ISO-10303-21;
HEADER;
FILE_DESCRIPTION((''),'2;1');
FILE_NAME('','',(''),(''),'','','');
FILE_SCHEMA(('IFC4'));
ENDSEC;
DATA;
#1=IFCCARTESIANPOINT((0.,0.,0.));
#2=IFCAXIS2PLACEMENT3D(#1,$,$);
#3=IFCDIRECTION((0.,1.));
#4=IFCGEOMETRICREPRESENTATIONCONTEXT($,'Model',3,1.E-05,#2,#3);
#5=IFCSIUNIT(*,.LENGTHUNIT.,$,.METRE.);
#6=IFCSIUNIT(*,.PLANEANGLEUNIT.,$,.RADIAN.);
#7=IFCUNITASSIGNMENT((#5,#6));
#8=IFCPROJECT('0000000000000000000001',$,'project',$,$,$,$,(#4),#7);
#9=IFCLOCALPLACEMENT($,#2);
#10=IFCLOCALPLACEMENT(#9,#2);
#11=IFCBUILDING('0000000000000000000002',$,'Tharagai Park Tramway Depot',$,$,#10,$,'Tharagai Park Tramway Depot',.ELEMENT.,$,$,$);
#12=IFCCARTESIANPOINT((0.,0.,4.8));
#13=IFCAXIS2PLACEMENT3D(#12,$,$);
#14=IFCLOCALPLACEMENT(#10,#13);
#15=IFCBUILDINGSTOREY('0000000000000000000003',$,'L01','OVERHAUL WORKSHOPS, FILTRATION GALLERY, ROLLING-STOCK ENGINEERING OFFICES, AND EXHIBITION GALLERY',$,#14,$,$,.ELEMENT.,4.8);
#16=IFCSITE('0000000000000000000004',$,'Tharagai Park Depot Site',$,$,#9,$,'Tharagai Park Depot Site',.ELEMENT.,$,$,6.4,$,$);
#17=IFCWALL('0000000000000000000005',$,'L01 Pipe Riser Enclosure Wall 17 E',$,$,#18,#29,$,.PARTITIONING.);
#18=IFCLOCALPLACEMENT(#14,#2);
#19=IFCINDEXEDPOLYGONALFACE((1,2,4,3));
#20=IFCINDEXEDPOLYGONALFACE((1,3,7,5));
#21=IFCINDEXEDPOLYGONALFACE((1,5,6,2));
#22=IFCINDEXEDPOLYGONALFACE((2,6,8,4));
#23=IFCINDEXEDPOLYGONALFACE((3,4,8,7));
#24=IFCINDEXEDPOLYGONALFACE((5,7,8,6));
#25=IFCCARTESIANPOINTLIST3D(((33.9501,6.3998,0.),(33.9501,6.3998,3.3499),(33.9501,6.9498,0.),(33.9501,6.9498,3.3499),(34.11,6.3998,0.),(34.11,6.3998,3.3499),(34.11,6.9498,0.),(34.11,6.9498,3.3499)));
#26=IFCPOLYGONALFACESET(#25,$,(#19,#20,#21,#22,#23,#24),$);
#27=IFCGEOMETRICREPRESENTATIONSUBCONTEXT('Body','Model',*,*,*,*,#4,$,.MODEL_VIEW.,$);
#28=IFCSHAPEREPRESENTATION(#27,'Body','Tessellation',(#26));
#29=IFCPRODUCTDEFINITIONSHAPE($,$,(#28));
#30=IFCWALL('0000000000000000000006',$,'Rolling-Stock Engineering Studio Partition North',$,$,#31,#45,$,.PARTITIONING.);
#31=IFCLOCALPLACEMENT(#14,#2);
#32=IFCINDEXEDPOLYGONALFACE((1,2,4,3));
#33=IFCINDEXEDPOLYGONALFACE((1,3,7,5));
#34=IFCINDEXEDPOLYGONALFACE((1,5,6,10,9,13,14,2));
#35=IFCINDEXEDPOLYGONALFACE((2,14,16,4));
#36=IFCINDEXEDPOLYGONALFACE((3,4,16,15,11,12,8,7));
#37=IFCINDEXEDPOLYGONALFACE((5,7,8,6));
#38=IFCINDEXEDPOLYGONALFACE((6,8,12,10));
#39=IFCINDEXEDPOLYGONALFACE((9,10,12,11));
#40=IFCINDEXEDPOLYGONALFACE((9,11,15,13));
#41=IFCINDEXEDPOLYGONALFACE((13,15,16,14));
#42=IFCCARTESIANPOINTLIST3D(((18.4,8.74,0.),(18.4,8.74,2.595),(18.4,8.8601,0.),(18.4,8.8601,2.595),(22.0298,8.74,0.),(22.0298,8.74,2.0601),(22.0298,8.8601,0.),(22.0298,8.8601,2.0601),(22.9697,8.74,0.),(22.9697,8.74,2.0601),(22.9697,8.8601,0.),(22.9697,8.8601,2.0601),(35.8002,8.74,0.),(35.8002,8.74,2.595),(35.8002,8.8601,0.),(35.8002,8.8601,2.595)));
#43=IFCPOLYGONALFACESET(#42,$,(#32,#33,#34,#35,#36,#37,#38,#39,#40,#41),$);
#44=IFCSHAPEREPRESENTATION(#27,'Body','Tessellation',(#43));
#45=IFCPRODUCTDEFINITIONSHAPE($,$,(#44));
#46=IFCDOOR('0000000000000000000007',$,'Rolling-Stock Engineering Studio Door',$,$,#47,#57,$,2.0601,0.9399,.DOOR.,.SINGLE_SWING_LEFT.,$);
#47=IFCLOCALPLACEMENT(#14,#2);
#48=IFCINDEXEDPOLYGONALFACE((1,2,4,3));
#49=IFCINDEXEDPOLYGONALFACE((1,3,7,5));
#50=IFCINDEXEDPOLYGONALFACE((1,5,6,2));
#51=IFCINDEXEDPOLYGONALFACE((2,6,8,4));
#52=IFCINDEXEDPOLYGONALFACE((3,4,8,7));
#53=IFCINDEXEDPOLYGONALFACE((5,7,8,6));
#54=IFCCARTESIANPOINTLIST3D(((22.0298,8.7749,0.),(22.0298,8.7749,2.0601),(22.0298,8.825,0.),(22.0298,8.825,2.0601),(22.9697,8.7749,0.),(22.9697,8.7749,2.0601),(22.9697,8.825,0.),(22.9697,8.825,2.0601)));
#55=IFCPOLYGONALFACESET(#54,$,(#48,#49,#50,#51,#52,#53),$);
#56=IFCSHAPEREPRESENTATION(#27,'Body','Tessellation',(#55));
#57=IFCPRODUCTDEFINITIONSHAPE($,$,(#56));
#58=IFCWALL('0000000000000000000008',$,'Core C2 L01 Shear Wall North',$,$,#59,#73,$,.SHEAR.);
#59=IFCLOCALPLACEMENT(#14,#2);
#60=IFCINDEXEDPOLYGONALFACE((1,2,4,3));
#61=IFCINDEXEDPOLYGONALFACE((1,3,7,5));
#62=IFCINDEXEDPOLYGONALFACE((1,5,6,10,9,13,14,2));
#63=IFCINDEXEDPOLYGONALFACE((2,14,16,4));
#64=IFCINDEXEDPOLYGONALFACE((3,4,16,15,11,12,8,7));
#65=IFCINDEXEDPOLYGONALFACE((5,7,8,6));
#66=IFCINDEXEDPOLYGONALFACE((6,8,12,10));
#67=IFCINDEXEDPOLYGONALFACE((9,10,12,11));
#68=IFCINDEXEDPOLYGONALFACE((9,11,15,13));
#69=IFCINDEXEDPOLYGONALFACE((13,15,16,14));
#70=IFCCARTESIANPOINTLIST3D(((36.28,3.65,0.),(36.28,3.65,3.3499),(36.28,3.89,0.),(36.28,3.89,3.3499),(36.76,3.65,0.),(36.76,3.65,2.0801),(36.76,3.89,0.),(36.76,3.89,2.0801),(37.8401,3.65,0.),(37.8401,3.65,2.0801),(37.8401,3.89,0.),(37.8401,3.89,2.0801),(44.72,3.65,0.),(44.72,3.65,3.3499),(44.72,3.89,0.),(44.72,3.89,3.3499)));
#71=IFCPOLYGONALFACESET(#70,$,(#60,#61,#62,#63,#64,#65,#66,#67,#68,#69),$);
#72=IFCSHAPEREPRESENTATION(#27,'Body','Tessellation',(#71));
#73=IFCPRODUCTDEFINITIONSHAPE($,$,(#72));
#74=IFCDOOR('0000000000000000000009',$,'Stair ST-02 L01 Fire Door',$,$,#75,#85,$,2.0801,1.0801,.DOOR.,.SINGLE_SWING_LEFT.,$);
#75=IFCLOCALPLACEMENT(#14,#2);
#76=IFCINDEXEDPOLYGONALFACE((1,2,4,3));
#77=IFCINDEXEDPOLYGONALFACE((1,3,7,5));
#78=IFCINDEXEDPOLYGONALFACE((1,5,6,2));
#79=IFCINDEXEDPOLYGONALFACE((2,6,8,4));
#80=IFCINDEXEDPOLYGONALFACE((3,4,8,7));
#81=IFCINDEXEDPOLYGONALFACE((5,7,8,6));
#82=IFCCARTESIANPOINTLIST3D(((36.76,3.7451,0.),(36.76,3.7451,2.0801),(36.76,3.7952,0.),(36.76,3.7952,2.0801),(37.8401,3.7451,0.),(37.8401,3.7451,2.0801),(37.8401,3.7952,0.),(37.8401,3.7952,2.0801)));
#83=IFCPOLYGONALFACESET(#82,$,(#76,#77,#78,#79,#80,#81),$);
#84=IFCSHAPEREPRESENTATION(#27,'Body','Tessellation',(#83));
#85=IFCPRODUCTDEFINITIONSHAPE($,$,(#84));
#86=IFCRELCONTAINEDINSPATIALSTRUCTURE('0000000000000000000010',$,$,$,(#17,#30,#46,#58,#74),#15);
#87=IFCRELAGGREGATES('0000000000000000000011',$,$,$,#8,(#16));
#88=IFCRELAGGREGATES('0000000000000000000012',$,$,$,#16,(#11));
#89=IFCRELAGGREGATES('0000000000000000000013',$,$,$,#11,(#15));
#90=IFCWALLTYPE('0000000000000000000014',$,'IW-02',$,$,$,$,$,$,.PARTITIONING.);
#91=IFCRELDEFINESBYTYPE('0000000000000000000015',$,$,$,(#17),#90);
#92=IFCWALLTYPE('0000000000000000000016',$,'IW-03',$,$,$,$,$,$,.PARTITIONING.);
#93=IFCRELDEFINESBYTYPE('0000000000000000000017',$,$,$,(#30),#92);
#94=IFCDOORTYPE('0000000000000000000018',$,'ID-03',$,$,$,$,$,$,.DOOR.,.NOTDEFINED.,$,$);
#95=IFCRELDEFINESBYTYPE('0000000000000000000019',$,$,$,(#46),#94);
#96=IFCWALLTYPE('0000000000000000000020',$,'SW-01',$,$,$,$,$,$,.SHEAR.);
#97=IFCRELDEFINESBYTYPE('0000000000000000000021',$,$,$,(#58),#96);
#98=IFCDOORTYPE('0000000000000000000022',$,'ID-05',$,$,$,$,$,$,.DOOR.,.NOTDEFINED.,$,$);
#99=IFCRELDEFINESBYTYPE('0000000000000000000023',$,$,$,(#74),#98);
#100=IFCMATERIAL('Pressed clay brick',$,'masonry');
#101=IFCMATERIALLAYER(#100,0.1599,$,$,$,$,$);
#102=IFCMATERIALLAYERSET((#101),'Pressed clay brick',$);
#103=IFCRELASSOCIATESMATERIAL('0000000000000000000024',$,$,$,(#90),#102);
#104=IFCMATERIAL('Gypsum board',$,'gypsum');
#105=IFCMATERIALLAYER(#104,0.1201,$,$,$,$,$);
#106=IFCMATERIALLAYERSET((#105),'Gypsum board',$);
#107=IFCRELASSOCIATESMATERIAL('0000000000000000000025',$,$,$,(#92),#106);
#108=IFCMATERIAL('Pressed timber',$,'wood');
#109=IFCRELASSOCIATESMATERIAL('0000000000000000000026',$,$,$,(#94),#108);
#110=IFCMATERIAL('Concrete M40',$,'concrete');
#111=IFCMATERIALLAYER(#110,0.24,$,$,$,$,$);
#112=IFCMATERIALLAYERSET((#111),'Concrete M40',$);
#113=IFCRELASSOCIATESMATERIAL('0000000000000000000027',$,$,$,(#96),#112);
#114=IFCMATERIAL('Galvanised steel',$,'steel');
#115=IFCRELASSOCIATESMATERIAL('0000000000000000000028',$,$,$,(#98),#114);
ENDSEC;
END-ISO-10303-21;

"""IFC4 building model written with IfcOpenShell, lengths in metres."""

from ifc_helpers import new_model, si_unit, direction, frame, frame_2d, origin, place, context, subcontext, project, spatial, rectangle, extrude, material, layer, layer_set, type_object, element, fill, save


model = new_model("IFC4")

# Units and contexts
model_context = context("Model", 3, precision=1e-05, world=origin(), true_north=direction((0.0, 1.0)))
body_context = subcontext(model_context, "Body", "Model", "MODEL_VIEW")
ifc_project = project(units=[si_unit("LENGTHUNIT", "METRE"), si_unit("PLANEANGLEUNIT", "RADIAN")], contexts=[model_context])

# Site, building, storey
site_placement = place(None, origin())
site = spatial("IfcSite", under=ifc_project, at=site_placement, Name="Tharagai Park Depot Site", LongName="Tharagai Park Depot Site", CompositionType="ELEMENT", RefElevation=6.4)
building_placement = place(site_placement, origin())
building = spatial("IfcBuilding", under=site, at=building_placement, Name="Tharagai Park Tramway Depot", LongName="Tharagai Park Tramway Depot", CompositionType="ELEMENT")
storey_placement = place(building_placement, frame((0.0, 0.0, 4.8)))
storey = spatial("IfcBuildingStorey", under=building, at=storey_placement, Name="L01", Description="OVERHAUL WORKSHOPS, FILTRATION GALLERY, ROLLING-STOCK ENGINEERING OFFICES, AND EXHIBITION GALLERY", CompositionType="ELEMENT", Elevation=4.8)

# Shared definitions
ifc_material_1 = material(Name="Concrete M40", Category="concrete")

# Wall
ifc_material_2 = material(Name="Pressed clay brick", Category="masonry")
ifc_layer_1 = layer(ifc_material_2, 0.1599)
ifc_layer_set_1 = layer_set([ifc_layer_1], Name="Pressed clay brick")
wall_type_1 = type_object("IfcWallType", Name="IW-02", PredefinedType="PARTITIONING", material=ifc_layer_set_1)
for number, where, z_axis, x_axis, name in (
    (1, (34.03, 6.3999, 0.0), (0.0, 0.0, 1.0), (0.0, 1.0, 0.0), "L01 Pipe Riser Enclosure Wall 17 E"),
):
    element("IfcWall", number, at=place(storey_placement, frame(where, z_axis=z_axis, x_axis=x_axis)), inside=storey, type_object=wall_type_1, Name=name, PredefinedType="PARTITIONING", context=body_context, shape_type="SweptSolid", body=[
        extrude(rectangle(XDim=0.55, YDim=0.1599, at=frame_2d((0.2749, 0.0))), origin(), (0.0, 0.0, 1.0), 3.3499),
    ])

# Walls, openings, doors
ifc_material_3 = material(Name="Gypsum board", Category="gypsum")
ifc_layer_2 = layer(ifc_material_3, 0.1201)
ifc_layer_set_2 = layer_set([ifc_layer_2], Name="Gypsum board")
wall_type_2 = type_object("IfcWallType", Name="IW-03", PredefinedType="PARTITIONING", material=ifc_layer_set_2)
wall_1_placement = place(storey_placement, frame((18.3999, 8.8, 0.0), z_axis=(0.0, 0.0, 1.0), x_axis=(1.0, 0.0, 0.0)))
wall_1 = element("IfcWall", 2, at=wall_1_placement, inside=storey, type_object=wall_type_2, Name="Rolling-Stock Engineering Studio Partition North", PredefinedType="PARTITIONING", context=body_context, shape_type="SweptSolid", body=[
    extrude(rectangle(XDim=17.4001, YDim=0.1201, at=frame_2d((8.7002, 0.0))), origin(), (0.0, 0.0, 1.0), 2.595),
])
opening_1_placement = place(wall_1_placement, frame((3.6299, 0.0, 0.0)))
opening_1 = element("IfcOpeningElement", 3, at=opening_1_placement, cuts=wall_1, PredefinedType="OPENING", context=body_context, shape_type="SweptSolid", body=[
    extrude(rectangle(XDim=0.9399, YDim=2.0601, at=frame_2d((0.47, 1.03))), frame((0.0, 0.0701, 0.0), z_axis=(0.0, -1.0, 0.0), x_axis=(1.0, 0.0, 0.0)), (0.0, 0.0, 1.0), 0.1401),
])
ifc_material_4 = material(Name="Pressed timber", Category="wood")
door_type_1 = type_object("IfcDoorType", Name="ID-03", OperationType="NOTDEFINED", PredefinedType="DOOR", material=ifc_material_4)
door_1_placement = place(opening_1_placement, origin())
door_1 = element("IfcDoor", 4, at=door_1_placement, inside=storey, type_object=door_type_1, Name="Rolling-Stock Engineering Studio Door", OperationType="SINGLE_SWING_LEFT", OverallHeight=2.0601, OverallWidth=0.9399, PredefinedType="DOOR", context=body_context, shape_type="SweptSolid", body=[
    extrude(rectangle(XDim=0.9399, YDim=2.0601, at=frame_2d((0.47, 1.03))), frame((0.0, 0.0249, 0.0), z_axis=(0.0, -1.0, 0.0), x_axis=(1.0, 0.0, 0.0)), (0.0, 0.0, 1.0), 0.05),
])
fill(opening_1, door_1)
ifc_layer_3 = layer(ifc_material_1, 0.24)
ifc_layer_set_3 = layer_set([ifc_layer_3], Name="Concrete M40")
wall_type_3 = type_object("IfcWallType", Name="SW-01", PredefinedType="SHEAR", material=ifc_layer_set_3)
wall_2_placement = place(storey_placement, frame((36.28, 3.77, 0.0), z_axis=(0.0, 0.0, 1.0), x_axis=(1.0, 0.0, 0.0)))
wall_2 = element("IfcWall", 5, at=wall_2_placement, inside=storey, type_object=wall_type_3, Name="Core C2 L01 Shear Wall North", PredefinedType="SHEAR", context=body_context, shape_type="SweptSolid", body=[
    extrude(rectangle(XDim=8.4399, YDim=0.24, at=frame_2d((4.22, 0.0))), origin(), (0.0, 0.0, 1.0), 3.3499),
])
opening_2_placement = place(wall_2_placement, frame((0.48, 0.0, 0.0)))
opening_2 = element("IfcOpeningElement", 6, at=opening_2_placement, cuts=wall_2, PredefinedType="OPENING", context=body_context, shape_type="SweptSolid", body=[
    extrude(rectangle(XDim=1.0801, YDim=2.0801, at=frame_2d((0.54, 1.04))), frame((0.0, 0.1299, 0.0), z_axis=(0.0, -1.0, 0.0), x_axis=(1.0, 0.0, 0.0)), (0.0, 0.0, 1.0), 0.26),
])
ifc_material_5 = material(Name="Galvanised steel", Category="steel")
door_type_2 = type_object("IfcDoorType", Name="ID-05", OperationType="NOTDEFINED", PredefinedType="DOOR", material=ifc_material_5)
door_2_placement = place(opening_2_placement, frame((1.0801, 0.0, 0.0), z_axis=(0.0, 0.0, 1.0), x_axis=(-1.0, 0.0, 0.0)))
door_2 = element("IfcDoor", 7, at=door_2_placement, inside=storey, type_object=door_type_2, Name="Stair ST-02 L01 Fire Door", OperationType="SINGLE_SWING_LEFT", OverallHeight=2.0801, OverallWidth=1.0801, PredefinedType="DOOR", context=body_context, shape_type="SweptSolid", body=[
    extrude(rectangle(XDim=1.0801, YDim=2.0801, at=frame_2d((0.54, 1.04))), frame((0.0, 0.0249, 0.0), z_axis=(0.0, -1.0, 0.0), x_axis=(1.0, 0.0, 0.0)), (0.0, 0.0, 1.0), 0.05),
])
fill(opening_2, door_2)

save(model, "model.ifc")
